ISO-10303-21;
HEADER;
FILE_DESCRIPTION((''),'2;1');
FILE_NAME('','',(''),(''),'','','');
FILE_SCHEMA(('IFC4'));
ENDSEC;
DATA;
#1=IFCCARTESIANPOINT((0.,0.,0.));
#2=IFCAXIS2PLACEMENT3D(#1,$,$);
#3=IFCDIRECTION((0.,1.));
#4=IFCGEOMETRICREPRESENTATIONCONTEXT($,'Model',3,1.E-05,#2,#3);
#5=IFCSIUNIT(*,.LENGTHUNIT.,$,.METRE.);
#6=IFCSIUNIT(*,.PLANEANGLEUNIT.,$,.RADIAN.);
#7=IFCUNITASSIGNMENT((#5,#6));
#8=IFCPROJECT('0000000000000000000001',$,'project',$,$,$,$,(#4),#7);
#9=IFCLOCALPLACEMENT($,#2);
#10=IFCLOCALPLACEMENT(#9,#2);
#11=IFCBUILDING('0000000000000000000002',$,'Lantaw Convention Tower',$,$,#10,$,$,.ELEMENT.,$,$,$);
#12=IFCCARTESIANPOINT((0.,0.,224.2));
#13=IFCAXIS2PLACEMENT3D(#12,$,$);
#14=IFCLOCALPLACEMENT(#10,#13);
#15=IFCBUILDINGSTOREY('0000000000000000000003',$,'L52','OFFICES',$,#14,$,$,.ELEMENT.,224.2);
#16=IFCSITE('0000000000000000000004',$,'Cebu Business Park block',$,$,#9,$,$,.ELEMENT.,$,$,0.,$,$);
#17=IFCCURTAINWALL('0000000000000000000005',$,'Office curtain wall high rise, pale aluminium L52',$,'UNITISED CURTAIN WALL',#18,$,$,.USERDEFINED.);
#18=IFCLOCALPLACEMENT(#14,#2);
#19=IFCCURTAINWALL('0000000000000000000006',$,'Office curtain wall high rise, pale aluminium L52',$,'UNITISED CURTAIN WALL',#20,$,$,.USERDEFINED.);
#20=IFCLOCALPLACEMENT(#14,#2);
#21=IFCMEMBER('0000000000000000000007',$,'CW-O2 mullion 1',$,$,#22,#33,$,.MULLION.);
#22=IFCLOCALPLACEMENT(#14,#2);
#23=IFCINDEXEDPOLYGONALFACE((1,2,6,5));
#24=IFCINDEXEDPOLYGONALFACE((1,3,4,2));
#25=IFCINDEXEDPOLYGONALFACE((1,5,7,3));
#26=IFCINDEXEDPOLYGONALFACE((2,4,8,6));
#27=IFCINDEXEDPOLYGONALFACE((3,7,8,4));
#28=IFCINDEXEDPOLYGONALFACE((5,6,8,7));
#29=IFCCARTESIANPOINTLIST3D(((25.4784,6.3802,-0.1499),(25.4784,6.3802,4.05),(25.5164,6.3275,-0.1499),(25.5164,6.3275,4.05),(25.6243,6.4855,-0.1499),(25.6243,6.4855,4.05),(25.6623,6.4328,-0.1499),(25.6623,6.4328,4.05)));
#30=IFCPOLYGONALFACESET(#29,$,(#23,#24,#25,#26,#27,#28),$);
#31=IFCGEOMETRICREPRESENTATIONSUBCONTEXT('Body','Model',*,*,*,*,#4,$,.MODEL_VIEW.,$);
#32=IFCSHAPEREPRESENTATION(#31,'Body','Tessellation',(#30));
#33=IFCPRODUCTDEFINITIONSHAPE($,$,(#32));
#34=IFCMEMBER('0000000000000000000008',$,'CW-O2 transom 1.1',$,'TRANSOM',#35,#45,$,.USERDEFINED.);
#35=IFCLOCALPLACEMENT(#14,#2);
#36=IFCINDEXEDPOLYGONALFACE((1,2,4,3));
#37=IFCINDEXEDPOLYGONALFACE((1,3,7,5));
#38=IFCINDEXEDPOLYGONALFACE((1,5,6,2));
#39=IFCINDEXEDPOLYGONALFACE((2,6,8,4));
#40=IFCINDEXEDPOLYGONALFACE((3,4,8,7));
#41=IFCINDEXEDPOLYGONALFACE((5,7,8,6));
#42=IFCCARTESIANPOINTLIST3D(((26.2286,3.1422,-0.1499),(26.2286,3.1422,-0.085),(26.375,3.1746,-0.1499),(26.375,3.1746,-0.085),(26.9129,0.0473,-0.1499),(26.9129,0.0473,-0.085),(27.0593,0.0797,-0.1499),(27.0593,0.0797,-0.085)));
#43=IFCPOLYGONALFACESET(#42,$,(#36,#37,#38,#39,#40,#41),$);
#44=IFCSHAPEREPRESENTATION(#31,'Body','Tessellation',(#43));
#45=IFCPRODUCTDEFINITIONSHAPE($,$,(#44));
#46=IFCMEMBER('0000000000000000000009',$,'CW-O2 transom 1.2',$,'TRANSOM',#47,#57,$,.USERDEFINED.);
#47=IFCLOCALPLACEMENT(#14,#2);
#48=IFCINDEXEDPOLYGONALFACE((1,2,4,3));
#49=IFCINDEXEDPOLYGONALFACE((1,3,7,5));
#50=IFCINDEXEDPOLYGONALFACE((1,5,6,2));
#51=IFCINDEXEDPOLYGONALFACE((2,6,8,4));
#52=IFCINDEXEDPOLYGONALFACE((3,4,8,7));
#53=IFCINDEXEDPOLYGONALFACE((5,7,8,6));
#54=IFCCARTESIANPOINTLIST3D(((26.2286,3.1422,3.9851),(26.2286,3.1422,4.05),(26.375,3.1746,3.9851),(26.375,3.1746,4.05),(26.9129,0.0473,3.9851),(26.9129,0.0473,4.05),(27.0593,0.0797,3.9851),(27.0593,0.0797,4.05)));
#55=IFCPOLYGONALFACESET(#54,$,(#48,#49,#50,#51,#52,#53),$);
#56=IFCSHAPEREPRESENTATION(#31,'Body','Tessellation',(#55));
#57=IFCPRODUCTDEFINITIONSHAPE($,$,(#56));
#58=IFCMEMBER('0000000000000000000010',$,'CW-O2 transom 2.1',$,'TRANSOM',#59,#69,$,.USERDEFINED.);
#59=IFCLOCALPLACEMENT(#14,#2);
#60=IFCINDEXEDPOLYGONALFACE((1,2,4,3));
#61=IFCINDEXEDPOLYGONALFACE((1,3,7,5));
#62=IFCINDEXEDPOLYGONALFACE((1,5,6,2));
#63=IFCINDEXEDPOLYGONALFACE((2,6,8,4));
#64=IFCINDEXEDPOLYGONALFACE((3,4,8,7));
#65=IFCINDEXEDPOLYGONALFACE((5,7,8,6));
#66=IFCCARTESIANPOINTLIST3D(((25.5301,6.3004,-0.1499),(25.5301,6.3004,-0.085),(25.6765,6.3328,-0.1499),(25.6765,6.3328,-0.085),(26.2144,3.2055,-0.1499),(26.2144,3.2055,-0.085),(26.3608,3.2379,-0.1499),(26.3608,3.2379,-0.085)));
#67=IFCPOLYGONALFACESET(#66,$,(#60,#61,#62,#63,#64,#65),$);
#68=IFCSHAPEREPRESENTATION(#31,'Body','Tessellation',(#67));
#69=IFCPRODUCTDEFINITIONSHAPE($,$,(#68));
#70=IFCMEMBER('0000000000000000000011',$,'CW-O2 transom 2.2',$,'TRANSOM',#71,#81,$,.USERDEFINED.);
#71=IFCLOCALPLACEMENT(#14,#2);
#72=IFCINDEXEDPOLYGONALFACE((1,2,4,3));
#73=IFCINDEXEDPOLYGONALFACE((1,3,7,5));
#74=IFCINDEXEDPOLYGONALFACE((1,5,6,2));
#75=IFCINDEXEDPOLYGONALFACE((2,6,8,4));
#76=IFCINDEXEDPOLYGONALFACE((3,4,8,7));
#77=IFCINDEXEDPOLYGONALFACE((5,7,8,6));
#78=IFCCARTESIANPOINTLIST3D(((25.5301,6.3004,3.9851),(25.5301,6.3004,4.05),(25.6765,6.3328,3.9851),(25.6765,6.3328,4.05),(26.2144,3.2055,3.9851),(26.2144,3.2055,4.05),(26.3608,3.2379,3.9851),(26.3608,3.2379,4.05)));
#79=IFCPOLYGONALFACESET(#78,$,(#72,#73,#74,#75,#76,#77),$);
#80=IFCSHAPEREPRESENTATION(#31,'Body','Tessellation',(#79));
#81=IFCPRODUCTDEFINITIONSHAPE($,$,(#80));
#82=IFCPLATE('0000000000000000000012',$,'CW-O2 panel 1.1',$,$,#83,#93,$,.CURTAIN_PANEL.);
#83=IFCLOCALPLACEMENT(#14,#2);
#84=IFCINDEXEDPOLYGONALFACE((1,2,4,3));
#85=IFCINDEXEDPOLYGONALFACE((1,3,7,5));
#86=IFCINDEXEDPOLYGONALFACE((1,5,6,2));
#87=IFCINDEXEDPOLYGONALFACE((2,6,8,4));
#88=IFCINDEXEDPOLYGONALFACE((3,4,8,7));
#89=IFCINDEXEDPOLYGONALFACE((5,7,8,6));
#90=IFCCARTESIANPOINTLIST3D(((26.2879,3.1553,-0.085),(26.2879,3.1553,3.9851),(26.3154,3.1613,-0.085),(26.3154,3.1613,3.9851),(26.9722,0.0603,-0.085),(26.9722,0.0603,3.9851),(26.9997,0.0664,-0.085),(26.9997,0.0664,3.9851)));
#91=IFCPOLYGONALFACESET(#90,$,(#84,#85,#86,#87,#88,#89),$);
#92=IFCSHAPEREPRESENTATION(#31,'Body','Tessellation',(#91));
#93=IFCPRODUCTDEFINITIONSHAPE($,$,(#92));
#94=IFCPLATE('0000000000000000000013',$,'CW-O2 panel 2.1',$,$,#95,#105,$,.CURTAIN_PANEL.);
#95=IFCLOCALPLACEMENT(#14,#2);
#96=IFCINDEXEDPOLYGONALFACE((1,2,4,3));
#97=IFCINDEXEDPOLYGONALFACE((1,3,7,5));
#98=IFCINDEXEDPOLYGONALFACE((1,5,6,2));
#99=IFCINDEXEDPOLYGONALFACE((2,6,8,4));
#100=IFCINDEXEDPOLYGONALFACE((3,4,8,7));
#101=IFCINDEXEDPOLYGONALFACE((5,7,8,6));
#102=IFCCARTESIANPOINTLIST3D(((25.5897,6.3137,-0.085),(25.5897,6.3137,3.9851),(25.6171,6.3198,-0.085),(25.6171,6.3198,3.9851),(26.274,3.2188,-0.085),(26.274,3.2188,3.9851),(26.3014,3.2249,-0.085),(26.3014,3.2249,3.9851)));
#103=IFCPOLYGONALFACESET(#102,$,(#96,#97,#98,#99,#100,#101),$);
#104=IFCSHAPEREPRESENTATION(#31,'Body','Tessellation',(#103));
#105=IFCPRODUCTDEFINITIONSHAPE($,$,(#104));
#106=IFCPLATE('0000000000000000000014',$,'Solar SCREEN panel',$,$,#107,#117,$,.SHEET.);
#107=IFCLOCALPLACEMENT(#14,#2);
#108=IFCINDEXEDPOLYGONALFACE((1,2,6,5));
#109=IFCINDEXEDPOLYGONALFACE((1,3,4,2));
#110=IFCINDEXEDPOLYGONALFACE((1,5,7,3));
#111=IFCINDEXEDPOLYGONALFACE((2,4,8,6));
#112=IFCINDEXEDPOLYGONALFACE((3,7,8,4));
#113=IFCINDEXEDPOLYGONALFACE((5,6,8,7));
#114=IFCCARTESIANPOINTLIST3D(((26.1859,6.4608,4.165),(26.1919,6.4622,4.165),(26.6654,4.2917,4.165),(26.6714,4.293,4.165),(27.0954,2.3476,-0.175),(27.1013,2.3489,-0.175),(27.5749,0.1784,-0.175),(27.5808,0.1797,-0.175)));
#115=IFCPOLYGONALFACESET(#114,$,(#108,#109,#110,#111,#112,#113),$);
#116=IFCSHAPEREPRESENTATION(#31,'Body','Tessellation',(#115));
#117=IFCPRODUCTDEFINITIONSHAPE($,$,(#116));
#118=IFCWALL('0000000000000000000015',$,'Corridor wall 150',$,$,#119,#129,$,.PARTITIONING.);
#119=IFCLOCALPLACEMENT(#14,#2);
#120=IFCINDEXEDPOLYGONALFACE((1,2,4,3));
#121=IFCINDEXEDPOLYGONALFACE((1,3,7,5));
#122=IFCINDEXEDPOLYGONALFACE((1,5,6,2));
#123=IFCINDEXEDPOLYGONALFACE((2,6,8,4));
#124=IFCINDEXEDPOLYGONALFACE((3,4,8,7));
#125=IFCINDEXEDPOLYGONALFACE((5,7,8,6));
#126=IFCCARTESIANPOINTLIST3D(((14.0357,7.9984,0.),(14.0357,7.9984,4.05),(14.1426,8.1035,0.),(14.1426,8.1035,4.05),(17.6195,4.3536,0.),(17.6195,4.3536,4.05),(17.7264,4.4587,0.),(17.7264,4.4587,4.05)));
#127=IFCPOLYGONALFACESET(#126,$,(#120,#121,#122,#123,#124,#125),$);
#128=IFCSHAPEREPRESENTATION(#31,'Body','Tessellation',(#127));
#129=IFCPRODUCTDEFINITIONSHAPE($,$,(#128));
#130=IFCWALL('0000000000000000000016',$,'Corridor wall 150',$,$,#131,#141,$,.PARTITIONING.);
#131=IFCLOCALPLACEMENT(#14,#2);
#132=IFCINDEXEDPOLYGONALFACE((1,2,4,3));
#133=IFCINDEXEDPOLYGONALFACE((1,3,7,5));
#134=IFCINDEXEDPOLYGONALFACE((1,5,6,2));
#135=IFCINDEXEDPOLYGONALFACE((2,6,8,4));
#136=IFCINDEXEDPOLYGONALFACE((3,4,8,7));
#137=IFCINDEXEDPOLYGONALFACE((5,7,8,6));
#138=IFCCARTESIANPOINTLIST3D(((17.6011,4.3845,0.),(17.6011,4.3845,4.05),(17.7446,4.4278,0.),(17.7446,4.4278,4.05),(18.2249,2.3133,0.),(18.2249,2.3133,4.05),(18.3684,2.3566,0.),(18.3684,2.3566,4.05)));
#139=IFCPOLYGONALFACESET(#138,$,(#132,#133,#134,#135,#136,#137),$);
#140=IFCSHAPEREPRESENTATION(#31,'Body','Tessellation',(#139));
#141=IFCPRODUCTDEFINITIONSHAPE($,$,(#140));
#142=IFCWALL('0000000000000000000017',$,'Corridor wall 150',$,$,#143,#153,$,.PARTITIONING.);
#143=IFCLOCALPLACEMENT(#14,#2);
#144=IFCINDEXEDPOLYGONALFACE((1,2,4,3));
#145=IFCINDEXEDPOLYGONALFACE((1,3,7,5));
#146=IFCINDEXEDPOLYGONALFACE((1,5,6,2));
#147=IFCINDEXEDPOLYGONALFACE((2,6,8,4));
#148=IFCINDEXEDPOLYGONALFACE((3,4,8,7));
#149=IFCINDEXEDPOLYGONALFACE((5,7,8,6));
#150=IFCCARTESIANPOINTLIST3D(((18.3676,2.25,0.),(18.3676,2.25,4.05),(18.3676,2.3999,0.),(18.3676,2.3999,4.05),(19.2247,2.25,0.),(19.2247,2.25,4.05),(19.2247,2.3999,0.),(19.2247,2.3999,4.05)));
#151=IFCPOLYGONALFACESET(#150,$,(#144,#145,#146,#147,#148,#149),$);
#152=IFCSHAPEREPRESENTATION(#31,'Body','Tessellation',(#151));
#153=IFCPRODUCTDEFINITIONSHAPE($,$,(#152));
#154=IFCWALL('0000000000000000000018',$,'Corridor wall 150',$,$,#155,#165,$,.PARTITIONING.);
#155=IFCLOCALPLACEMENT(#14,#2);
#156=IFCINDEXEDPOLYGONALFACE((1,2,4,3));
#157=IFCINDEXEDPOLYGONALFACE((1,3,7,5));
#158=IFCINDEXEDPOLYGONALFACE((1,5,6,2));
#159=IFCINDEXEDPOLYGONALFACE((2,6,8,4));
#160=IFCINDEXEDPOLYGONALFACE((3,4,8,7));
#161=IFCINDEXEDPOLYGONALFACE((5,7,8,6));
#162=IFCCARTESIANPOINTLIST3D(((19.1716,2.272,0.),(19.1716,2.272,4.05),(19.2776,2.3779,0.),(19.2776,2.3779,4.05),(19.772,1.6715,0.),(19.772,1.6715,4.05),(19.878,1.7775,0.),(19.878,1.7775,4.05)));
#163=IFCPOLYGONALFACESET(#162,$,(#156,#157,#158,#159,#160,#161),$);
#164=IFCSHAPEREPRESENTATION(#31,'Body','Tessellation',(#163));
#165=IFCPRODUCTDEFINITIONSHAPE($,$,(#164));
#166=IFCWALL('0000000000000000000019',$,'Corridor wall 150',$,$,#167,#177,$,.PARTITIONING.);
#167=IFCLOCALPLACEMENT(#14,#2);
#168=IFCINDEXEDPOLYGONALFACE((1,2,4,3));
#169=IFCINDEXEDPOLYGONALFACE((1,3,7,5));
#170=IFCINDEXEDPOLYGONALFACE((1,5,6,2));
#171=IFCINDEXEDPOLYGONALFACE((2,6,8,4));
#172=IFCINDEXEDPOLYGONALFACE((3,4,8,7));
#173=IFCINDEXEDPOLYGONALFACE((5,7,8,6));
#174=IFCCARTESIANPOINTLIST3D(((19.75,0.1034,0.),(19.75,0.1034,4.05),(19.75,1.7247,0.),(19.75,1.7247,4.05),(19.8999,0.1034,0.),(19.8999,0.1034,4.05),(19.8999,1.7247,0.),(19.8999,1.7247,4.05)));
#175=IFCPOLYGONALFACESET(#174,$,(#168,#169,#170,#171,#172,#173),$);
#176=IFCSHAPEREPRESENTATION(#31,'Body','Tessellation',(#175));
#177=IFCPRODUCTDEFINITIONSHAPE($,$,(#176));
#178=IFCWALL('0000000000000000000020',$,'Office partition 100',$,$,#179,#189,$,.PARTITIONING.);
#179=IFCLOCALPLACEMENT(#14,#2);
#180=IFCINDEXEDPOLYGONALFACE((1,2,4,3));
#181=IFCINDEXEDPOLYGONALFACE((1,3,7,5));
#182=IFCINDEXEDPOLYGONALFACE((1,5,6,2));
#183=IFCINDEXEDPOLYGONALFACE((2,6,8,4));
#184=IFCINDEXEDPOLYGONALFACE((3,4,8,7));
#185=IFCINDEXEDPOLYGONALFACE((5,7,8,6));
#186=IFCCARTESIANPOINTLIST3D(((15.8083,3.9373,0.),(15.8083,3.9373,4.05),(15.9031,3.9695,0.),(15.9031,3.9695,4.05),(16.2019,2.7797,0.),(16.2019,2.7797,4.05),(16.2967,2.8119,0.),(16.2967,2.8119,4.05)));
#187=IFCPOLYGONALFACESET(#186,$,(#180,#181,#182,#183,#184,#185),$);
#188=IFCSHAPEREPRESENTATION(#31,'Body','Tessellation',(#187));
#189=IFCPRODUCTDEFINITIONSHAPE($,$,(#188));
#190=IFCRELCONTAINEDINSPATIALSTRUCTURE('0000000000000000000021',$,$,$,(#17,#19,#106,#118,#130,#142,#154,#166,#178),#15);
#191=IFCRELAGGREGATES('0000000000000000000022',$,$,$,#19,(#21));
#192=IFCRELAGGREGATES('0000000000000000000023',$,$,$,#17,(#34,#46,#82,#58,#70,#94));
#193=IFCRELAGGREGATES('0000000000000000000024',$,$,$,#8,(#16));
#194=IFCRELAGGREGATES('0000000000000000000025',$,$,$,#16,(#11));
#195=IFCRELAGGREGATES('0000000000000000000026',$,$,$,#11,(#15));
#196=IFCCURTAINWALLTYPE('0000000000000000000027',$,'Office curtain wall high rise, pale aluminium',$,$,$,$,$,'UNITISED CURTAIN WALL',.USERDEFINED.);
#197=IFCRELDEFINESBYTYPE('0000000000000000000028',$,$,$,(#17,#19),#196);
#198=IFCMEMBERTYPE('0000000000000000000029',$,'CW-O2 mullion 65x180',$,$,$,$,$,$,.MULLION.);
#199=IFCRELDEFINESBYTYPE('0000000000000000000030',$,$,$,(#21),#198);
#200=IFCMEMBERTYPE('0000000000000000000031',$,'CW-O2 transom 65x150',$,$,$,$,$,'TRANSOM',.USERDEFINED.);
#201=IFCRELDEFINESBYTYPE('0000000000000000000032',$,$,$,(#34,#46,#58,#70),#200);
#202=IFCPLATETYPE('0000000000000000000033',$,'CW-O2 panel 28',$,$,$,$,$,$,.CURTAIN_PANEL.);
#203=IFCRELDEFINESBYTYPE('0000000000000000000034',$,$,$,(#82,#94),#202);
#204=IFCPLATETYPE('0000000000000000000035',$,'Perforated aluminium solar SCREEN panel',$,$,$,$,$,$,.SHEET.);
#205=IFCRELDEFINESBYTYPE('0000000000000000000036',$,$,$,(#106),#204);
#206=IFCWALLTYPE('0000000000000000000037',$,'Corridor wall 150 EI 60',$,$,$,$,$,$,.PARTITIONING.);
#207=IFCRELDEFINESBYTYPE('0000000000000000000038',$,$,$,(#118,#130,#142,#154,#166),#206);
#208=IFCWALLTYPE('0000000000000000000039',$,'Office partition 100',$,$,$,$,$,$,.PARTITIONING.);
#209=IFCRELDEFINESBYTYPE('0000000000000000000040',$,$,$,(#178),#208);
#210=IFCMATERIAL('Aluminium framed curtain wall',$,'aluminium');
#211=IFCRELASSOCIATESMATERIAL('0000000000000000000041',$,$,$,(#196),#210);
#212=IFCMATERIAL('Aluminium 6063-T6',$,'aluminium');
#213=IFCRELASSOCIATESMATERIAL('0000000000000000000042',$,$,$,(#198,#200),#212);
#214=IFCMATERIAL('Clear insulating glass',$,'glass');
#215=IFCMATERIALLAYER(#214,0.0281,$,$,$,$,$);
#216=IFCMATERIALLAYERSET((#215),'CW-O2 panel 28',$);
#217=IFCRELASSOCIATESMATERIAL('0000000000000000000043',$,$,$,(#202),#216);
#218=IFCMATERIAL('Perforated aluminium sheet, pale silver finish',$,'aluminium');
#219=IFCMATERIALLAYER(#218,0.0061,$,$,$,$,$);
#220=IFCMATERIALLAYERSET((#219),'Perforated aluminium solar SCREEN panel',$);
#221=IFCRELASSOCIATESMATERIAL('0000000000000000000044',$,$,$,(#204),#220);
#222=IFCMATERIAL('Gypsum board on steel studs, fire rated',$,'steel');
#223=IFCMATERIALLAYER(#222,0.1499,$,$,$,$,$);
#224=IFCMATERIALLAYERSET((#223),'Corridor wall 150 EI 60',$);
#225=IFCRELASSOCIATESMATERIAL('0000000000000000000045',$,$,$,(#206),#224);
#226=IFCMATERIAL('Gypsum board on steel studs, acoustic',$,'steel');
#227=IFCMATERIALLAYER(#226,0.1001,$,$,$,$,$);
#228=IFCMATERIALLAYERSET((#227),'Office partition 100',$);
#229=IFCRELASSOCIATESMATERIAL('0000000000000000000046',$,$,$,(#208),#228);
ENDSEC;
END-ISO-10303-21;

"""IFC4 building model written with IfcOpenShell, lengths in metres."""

from ifc_helpers import new_model, si_unit, direction, frame, frame_2d, origin, origin_2d, place, context, subcontext, project, spatial, polyline, rectangle, outline, extrude, material, layer, layer_set, material_profile, profile_set, type_object, element, aggregate, save


model = new_model("IFC4")

# Units and contexts
model_context = context("Model", 3, precision=1e-05, world=origin(), true_north=direction((0.0, 1.0)))
body_context = subcontext(model_context, "Body", "Model", "MODEL_VIEW")
ifc_project = project(units=[si_unit("LENGTHUNIT", "METRE"), si_unit("PLANEANGLEUNIT", "RADIAN")], contexts=[model_context])

# Site, building, storey
site_placement = place(None, origin())
site = spatial("IfcSite", under=ifc_project, at=site_placement, Name="Cebu Business Park block", CompositionType="ELEMENT", RefElevation=0.0)
building_placement = place(site_placement, origin())
building = spatial("IfcBuilding", under=site, at=building_placement, Name="Lantaw Convention Tower", CompositionType="ELEMENT")
storey_placement = place(building_placement, frame((0.0, 0.0, 224.2)))
storey = spatial("IfcBuildingStorey", under=building, at=storey_placement, Name="L52", Description="OFFICES", CompositionType="ELEMENT", Elevation=224.2)

# Curtain wall
ifc_material_1 = material(Name="Aluminium framed curtain wall", Category="aluminium")
curtain_wall_type = type_object("IfcCurtainWallType", Name="Office curtain wall high rise, pale aluminium", ElementType="UNITISED CURTAIN WALL", PredefinedType="USERDEFINED", material=ifc_material_1)
curtain_wall_1_placement = place(storey_placement, origin())
curtain_wall_1 = element("IfcCurtainWall", 1, at=curtain_wall_1_placement, inside=storey, type_object=curtain_wall_type, Name="Office curtain wall high rise, pale aluminium L52", ObjectType="UNITISED CURTAIN WALL", PredefinedType="USERDEFINED")
ifc_material_2 = material(Name="Aluminium 6063-T6", Category="aluminium")
ifc_material_profile_1 = material_profile(ifc_material_2, rectangle(XDim=0.1799, YDim=0.0649, at=origin_2d()), Name="CW-O2 mullion 65x180")
ifc_profile_set_1 = profile_set([ifc_material_profile_1], Name="Aluminium 6063-T6")
member_type_1 = type_object("IfcMemberType", Name="CW-O2 mullion 65x180", PredefinedType="MULLION", material=ifc_profile_set_1)

# Curtain wall, member
curtain_wall_2_placement = place(storey_placement, origin())
curtain_wall_2 = element("IfcCurtainWall", 2, at=curtain_wall_2_placement, inside=storey, type_object=curtain_wall_type, Name="Office curtain wall high rise, pale aluminium L52", ObjectType="UNITISED CURTAIN WALL", PredefinedType="USERDEFINED")
member_1_placement = place(storey_placement, frame((25.5703, 6.4065, -0.1499), z_axis=(0.0, 0.0, 1.0), x_axis=(-0.81092, -0.585158, 0.0)))
member_1 = element("IfcMember", 3, at=member_1_placement, type_object=member_type_1, Name="CW-O2 mullion 1", PredefinedType="MULLION", context=body_context, shape_type="SweptSolid", body=[
    extrude(rectangle(XDim=0.1799, YDim=0.0649, at=origin_2d()), origin(), (0.0, 0.0, 1.0), 4.2),
])
aggregate(curtain_wall_2, [member_1])

# Members
ifc_material_profile_2 = material_profile(ifc_material_2, rectangle(XDim=0.1499, YDim=0.0649, at=origin_2d()), Name="CW-O2 transom 65x150")
ifc_profile_set_2 = profile_set([ifc_material_profile_2], Name="Aluminium 6063-T6")
member_type_2 = type_object("IfcMemberType", Name="CW-O2 transom 65x150", ElementType="TRANSOM", PredefinedType="USERDEFINED", material=ifc_profile_set_2)
member_2_placement = place(storey_placement, frame((26.9861, 0.0635, -0.1174), z_axis=(-0.215895, 0.976417, 0.0), x_axis=(-0.976417, -0.215895, 0.0)))
member_2 = element("IfcMember", 4, at=member_2_placement, type_object=member_type_2, Name="CW-O2 transom 1.1", ObjectType="TRANSOM", PredefinedType="USERDEFINED", context=body_context, shape_type="SweptSolid", body=[
    extrude(rectangle(XDim=0.1499, YDim=0.0649, at=origin_2d()), origin(), (0.0, 0.0, 1.0), 3.1697),
])
member_3_placement = place(storey_placement, frame((26.9861, 0.0635, 4.0176), z_axis=(-0.215895, 0.976417, 0.0), x_axis=(-0.976417, -0.215895, 0.0)))
member_3 = element("IfcMember", 5, at=member_3_placement, type_object=member_type_2, Name="CW-O2 transom 1.2", ObjectType="TRANSOM", PredefinedType="USERDEFINED", context=body_context, shape_type="SweptSolid", body=[
    extrude(rectangle(XDim=0.1499, YDim=0.0649, at=origin_2d()), origin(), (0.0, 0.0, 1.0), 3.1697),
])
member_4_placement = place(storey_placement, frame((26.2876, 3.2217, -0.1174), z_axis=(-0.215895, 0.976417, 0.0), x_axis=(-0.976417, -0.215895, 0.0)))
member_4 = element("IfcMember", 6, at=member_4_placement, type_object=member_type_2, Name="CW-O2 transom 2.1", ObjectType="TRANSOM", PredefinedType="USERDEFINED", context=body_context, shape_type="SweptSolid", body=[
    extrude(rectangle(XDim=0.1499, YDim=0.0649, at=origin_2d()), origin(), (0.0, 0.0, 1.0), 3.1697),
])
member_5_placement = place(storey_placement, frame((26.2876, 3.2217, 4.0176), z_axis=(-0.215895, 0.976417, 0.0), x_axis=(-0.976417, -0.215895, 0.0)))
member_5 = element("IfcMember", 7, at=member_5_placement, type_object=member_type_2, Name="CW-O2 transom 2.2", ObjectType="TRANSOM", PredefinedType="USERDEFINED", context=body_context, shape_type="SweptSolid", body=[
    extrude(rectangle(XDim=0.1499, YDim=0.0649, at=origin_2d()), origin(), (0.0, 0.0, 1.0), 3.1697),
])

# Plates
ifc_material_3 = material(Name="Clear insulating glass", Category="glass")
ifc_layer_1 = layer(ifc_material_3, 0.0281)
ifc_layer_set_1 = layer_set([ifc_layer_1], Name="CW-O2 panel 28")
plate_type_1 = type_object("IfcPlateType", Name="CW-O2 panel 28", PredefinedType="CURTAIN_PANEL", material=ifc_layer_set_1)
plate_1_placement = place(storey_placement, frame((26.6438, 1.6108, -0.085), z_axis=(0.0, 0.0, 1.0), x_axis=(-0.215891, 0.976417, 0.0)))
plate_1 = element("IfcPlate", 8, at=plate_1_placement, type_object=plate_type_1, Name="CW-O2 panel 1.1", PredefinedType="CURTAIN_PANEL", context=body_context, shape_type="SweptSolid", body=[
    extrude(rectangle(XDim=3.1697, YDim=0.0281, at=origin_2d()), origin(), (0.0, 0.0, 1.0), 4.0701),
])
plate_2_placement = place(storey_placement, frame((25.9456, 4.7693, -0.085), z_axis=(0.0, 0.0, 1.0), x_axis=(-0.215891, 0.976417, 0.0)))
plate_2 = element("IfcPlate", 9, at=plate_2_placement, type_object=plate_type_1, Name="CW-O2 panel 2.1", PredefinedType="CURTAIN_PANEL", context=body_context, shape_type="SweptSolid", body=[
    extrude(rectangle(XDim=3.1697, YDim=0.0281, at=origin_2d()), origin(), (0.0, 0.0, 1.0), 4.0701),
])
aggregate(curtain_wall_1, [member_2, member_3, plate_1, member_4, member_5, plate_2])
ifc_material_4 = material(Name="Perforated aluminium sheet, pale silver finish", Category="aluminium")
ifc_layer_2 = layer(ifc_material_4, 0.0061)
ifc_layer_set_2 = layer_set([ifc_layer_2], Name="Perforated aluminium solar SCREEN panel")
plate_type_2 = type_object("IfcPlateType", Name="Perforated aluminium solar SCREEN panel", PredefinedType="SHEET", material=ifc_layer_set_2)
plate_3_placement = place(storey_placement, frame((27.5808, 0.1797, -0.175), z_axis=(0.97643, 0.215837, 0.000044), x_axis=(-0.215837, 0.97643, 0.0)))
element("IfcPlate", 10, at=plate_3_placement, inside=storey, type_object=plate_type_2, Name="Solar SCREEN panel", PredefinedType="SHEET", context=body_context, shape_type="SweptSolid", body=[
    extrude(outline(polyline([(0.0, 0.0), (2.2216, 0.0), (6.4342, 4.3401), (4.2126, 4.3401), (0.0, 0.0)])), origin(), (0.0, 0.0, -1.0), 0.0061),
])

# Walls
ifc_material_5 = material(Name="Gypsum board on steel studs, fire rated", Category="steel")
ifc_layer_3 = layer(ifc_material_5, 0.1499)
ifc_layer_set_3 = layer_set([ifc_layer_3], Name="Corridor wall 150 EI 60")
wall_type_1 = type_object("IfcWallType", Name="Corridor wall 150 EI 60", PredefinedType="PARTITIONING", material=ifc_layer_set_3)
wall_1_placement = place(storey_placement, frame((17.6729, 4.4062, 0.0), z_axis=(0.0, 0.0, 1.0), x_axis=(-0.701111, 0.713052, 0.0)))
element("IfcWall", 11, at=wall_1_placement, inside=storey, type_object=wall_type_1, Name="Corridor wall 150", PredefinedType="PARTITIONING", context=body_context, shape_type="SweptSolid", body=[
    extrude(rectangle(XDim=5.1116, YDim=0.1499, at=frame_2d((2.5557, 0.0))), origin(), (0.0, 0.0, 1.0), 4.05),
])
wall_2_placement = place(storey_placement, frame((18.2966, 2.335, 0.0), z_axis=(0.0, 0.0, 1.0), x_axis=(-0.288362, 0.957521, 0.0)))
element("IfcWall", 12, at=wall_2_placement, inside=storey, type_object=wall_type_1, Name="Corridor wall 150", PredefinedType="PARTITIONING", context=body_context, shape_type="SweptSolid", body=[
    extrude(rectangle(XDim=2.1631, YDim=0.1499, at=frame_2d((1.0815, 0.0))), origin(), (0.0, 0.0, 1.0), 4.05),
])
wall_3_placement = place(storey_placement, frame((18.3674, 2.325, 0.0), z_axis=(0.0, 0.0, 1.0), x_axis=(1.0, 0.0, 0.0)))
element("IfcWall", 13, at=wall_3_placement, inside=storey, type_object=wall_type_1, Name="Corridor wall 150", PredefinedType="PARTITIONING", context=body_context, shape_type="SweptSolid", body=[
    extrude(rectangle(XDim=0.8572, YDim=0.1499, at=frame_2d((0.4287, 0.0))), origin(), (0.0, 0.0, 1.0), 4.05),
])
wall_4_placement = place(storey_placement, frame((19.2246, 2.325, 0.0), z_axis=(0.0, 0.0, 1.0), x_axis=(0.707107, -0.707107, 0.0)))
element("IfcWall", 14, at=wall_4_placement, inside=storey, type_object=wall_type_1, Name="Corridor wall 150", PredefinedType="PARTITIONING", context=body_context, shape_type="SweptSolid", body=[
    extrude(rectangle(XDim=0.8491, YDim=0.1499, at=frame_2d((0.4246, 0.0))), origin(), (0.0, 0.0, 1.0), 4.05),
])
wall_5_placement = place(storey_placement, frame((19.825, 1.7246, 0.0), z_axis=(0.0, 0.0, 1.0), x_axis=(0.0, -1.0, 0.0)))
element("IfcWall", 15, at=wall_5_placement, inside=storey, type_object=wall_type_1, Name="Corridor wall 150", PredefinedType="PARTITIONING", context=body_context, shape_type="SweptSolid", body=[
    extrude(rectangle(XDim=1.6213, YDim=0.1499, at=frame_2d((0.8105, 0.0))), origin(), (0.0, 0.0, 1.0), 4.05),
])
ifc_material_6 = material(Name="Gypsum board on steel studs, acoustic", Category="steel")
ifc_layer_4 = layer(ifc_material_6, 0.1001)
ifc_layer_set_4 = layer_set([ifc_layer_4], Name="Office partition 100")
wall_type_2 = type_object("IfcWallType", Name="Office partition 100", PredefinedType="PARTITIONING", material=ifc_layer_set_4)
wall_6_placement = place(storey_placement, frame((15.8557, 3.9534, 0.0), z_axis=(0.0, 0.0, 1.0), x_axis=(0.321913, -0.946769, 0.0)))
element("IfcWall", 16, at=wall_6_placement, inside=storey, type_object=wall_type_2, Name="Office partition 100", PredefinedType="PARTITIONING", context=body_context, shape_type="SweptSolid", body=[
    extrude(rectangle(XDim=1.2227, YDim=0.1001, at=frame_2d((0.6113, 0.0))), origin(), (0.0, 0.0, 1.0), 4.05),
])

save(model, "model.ifc")
